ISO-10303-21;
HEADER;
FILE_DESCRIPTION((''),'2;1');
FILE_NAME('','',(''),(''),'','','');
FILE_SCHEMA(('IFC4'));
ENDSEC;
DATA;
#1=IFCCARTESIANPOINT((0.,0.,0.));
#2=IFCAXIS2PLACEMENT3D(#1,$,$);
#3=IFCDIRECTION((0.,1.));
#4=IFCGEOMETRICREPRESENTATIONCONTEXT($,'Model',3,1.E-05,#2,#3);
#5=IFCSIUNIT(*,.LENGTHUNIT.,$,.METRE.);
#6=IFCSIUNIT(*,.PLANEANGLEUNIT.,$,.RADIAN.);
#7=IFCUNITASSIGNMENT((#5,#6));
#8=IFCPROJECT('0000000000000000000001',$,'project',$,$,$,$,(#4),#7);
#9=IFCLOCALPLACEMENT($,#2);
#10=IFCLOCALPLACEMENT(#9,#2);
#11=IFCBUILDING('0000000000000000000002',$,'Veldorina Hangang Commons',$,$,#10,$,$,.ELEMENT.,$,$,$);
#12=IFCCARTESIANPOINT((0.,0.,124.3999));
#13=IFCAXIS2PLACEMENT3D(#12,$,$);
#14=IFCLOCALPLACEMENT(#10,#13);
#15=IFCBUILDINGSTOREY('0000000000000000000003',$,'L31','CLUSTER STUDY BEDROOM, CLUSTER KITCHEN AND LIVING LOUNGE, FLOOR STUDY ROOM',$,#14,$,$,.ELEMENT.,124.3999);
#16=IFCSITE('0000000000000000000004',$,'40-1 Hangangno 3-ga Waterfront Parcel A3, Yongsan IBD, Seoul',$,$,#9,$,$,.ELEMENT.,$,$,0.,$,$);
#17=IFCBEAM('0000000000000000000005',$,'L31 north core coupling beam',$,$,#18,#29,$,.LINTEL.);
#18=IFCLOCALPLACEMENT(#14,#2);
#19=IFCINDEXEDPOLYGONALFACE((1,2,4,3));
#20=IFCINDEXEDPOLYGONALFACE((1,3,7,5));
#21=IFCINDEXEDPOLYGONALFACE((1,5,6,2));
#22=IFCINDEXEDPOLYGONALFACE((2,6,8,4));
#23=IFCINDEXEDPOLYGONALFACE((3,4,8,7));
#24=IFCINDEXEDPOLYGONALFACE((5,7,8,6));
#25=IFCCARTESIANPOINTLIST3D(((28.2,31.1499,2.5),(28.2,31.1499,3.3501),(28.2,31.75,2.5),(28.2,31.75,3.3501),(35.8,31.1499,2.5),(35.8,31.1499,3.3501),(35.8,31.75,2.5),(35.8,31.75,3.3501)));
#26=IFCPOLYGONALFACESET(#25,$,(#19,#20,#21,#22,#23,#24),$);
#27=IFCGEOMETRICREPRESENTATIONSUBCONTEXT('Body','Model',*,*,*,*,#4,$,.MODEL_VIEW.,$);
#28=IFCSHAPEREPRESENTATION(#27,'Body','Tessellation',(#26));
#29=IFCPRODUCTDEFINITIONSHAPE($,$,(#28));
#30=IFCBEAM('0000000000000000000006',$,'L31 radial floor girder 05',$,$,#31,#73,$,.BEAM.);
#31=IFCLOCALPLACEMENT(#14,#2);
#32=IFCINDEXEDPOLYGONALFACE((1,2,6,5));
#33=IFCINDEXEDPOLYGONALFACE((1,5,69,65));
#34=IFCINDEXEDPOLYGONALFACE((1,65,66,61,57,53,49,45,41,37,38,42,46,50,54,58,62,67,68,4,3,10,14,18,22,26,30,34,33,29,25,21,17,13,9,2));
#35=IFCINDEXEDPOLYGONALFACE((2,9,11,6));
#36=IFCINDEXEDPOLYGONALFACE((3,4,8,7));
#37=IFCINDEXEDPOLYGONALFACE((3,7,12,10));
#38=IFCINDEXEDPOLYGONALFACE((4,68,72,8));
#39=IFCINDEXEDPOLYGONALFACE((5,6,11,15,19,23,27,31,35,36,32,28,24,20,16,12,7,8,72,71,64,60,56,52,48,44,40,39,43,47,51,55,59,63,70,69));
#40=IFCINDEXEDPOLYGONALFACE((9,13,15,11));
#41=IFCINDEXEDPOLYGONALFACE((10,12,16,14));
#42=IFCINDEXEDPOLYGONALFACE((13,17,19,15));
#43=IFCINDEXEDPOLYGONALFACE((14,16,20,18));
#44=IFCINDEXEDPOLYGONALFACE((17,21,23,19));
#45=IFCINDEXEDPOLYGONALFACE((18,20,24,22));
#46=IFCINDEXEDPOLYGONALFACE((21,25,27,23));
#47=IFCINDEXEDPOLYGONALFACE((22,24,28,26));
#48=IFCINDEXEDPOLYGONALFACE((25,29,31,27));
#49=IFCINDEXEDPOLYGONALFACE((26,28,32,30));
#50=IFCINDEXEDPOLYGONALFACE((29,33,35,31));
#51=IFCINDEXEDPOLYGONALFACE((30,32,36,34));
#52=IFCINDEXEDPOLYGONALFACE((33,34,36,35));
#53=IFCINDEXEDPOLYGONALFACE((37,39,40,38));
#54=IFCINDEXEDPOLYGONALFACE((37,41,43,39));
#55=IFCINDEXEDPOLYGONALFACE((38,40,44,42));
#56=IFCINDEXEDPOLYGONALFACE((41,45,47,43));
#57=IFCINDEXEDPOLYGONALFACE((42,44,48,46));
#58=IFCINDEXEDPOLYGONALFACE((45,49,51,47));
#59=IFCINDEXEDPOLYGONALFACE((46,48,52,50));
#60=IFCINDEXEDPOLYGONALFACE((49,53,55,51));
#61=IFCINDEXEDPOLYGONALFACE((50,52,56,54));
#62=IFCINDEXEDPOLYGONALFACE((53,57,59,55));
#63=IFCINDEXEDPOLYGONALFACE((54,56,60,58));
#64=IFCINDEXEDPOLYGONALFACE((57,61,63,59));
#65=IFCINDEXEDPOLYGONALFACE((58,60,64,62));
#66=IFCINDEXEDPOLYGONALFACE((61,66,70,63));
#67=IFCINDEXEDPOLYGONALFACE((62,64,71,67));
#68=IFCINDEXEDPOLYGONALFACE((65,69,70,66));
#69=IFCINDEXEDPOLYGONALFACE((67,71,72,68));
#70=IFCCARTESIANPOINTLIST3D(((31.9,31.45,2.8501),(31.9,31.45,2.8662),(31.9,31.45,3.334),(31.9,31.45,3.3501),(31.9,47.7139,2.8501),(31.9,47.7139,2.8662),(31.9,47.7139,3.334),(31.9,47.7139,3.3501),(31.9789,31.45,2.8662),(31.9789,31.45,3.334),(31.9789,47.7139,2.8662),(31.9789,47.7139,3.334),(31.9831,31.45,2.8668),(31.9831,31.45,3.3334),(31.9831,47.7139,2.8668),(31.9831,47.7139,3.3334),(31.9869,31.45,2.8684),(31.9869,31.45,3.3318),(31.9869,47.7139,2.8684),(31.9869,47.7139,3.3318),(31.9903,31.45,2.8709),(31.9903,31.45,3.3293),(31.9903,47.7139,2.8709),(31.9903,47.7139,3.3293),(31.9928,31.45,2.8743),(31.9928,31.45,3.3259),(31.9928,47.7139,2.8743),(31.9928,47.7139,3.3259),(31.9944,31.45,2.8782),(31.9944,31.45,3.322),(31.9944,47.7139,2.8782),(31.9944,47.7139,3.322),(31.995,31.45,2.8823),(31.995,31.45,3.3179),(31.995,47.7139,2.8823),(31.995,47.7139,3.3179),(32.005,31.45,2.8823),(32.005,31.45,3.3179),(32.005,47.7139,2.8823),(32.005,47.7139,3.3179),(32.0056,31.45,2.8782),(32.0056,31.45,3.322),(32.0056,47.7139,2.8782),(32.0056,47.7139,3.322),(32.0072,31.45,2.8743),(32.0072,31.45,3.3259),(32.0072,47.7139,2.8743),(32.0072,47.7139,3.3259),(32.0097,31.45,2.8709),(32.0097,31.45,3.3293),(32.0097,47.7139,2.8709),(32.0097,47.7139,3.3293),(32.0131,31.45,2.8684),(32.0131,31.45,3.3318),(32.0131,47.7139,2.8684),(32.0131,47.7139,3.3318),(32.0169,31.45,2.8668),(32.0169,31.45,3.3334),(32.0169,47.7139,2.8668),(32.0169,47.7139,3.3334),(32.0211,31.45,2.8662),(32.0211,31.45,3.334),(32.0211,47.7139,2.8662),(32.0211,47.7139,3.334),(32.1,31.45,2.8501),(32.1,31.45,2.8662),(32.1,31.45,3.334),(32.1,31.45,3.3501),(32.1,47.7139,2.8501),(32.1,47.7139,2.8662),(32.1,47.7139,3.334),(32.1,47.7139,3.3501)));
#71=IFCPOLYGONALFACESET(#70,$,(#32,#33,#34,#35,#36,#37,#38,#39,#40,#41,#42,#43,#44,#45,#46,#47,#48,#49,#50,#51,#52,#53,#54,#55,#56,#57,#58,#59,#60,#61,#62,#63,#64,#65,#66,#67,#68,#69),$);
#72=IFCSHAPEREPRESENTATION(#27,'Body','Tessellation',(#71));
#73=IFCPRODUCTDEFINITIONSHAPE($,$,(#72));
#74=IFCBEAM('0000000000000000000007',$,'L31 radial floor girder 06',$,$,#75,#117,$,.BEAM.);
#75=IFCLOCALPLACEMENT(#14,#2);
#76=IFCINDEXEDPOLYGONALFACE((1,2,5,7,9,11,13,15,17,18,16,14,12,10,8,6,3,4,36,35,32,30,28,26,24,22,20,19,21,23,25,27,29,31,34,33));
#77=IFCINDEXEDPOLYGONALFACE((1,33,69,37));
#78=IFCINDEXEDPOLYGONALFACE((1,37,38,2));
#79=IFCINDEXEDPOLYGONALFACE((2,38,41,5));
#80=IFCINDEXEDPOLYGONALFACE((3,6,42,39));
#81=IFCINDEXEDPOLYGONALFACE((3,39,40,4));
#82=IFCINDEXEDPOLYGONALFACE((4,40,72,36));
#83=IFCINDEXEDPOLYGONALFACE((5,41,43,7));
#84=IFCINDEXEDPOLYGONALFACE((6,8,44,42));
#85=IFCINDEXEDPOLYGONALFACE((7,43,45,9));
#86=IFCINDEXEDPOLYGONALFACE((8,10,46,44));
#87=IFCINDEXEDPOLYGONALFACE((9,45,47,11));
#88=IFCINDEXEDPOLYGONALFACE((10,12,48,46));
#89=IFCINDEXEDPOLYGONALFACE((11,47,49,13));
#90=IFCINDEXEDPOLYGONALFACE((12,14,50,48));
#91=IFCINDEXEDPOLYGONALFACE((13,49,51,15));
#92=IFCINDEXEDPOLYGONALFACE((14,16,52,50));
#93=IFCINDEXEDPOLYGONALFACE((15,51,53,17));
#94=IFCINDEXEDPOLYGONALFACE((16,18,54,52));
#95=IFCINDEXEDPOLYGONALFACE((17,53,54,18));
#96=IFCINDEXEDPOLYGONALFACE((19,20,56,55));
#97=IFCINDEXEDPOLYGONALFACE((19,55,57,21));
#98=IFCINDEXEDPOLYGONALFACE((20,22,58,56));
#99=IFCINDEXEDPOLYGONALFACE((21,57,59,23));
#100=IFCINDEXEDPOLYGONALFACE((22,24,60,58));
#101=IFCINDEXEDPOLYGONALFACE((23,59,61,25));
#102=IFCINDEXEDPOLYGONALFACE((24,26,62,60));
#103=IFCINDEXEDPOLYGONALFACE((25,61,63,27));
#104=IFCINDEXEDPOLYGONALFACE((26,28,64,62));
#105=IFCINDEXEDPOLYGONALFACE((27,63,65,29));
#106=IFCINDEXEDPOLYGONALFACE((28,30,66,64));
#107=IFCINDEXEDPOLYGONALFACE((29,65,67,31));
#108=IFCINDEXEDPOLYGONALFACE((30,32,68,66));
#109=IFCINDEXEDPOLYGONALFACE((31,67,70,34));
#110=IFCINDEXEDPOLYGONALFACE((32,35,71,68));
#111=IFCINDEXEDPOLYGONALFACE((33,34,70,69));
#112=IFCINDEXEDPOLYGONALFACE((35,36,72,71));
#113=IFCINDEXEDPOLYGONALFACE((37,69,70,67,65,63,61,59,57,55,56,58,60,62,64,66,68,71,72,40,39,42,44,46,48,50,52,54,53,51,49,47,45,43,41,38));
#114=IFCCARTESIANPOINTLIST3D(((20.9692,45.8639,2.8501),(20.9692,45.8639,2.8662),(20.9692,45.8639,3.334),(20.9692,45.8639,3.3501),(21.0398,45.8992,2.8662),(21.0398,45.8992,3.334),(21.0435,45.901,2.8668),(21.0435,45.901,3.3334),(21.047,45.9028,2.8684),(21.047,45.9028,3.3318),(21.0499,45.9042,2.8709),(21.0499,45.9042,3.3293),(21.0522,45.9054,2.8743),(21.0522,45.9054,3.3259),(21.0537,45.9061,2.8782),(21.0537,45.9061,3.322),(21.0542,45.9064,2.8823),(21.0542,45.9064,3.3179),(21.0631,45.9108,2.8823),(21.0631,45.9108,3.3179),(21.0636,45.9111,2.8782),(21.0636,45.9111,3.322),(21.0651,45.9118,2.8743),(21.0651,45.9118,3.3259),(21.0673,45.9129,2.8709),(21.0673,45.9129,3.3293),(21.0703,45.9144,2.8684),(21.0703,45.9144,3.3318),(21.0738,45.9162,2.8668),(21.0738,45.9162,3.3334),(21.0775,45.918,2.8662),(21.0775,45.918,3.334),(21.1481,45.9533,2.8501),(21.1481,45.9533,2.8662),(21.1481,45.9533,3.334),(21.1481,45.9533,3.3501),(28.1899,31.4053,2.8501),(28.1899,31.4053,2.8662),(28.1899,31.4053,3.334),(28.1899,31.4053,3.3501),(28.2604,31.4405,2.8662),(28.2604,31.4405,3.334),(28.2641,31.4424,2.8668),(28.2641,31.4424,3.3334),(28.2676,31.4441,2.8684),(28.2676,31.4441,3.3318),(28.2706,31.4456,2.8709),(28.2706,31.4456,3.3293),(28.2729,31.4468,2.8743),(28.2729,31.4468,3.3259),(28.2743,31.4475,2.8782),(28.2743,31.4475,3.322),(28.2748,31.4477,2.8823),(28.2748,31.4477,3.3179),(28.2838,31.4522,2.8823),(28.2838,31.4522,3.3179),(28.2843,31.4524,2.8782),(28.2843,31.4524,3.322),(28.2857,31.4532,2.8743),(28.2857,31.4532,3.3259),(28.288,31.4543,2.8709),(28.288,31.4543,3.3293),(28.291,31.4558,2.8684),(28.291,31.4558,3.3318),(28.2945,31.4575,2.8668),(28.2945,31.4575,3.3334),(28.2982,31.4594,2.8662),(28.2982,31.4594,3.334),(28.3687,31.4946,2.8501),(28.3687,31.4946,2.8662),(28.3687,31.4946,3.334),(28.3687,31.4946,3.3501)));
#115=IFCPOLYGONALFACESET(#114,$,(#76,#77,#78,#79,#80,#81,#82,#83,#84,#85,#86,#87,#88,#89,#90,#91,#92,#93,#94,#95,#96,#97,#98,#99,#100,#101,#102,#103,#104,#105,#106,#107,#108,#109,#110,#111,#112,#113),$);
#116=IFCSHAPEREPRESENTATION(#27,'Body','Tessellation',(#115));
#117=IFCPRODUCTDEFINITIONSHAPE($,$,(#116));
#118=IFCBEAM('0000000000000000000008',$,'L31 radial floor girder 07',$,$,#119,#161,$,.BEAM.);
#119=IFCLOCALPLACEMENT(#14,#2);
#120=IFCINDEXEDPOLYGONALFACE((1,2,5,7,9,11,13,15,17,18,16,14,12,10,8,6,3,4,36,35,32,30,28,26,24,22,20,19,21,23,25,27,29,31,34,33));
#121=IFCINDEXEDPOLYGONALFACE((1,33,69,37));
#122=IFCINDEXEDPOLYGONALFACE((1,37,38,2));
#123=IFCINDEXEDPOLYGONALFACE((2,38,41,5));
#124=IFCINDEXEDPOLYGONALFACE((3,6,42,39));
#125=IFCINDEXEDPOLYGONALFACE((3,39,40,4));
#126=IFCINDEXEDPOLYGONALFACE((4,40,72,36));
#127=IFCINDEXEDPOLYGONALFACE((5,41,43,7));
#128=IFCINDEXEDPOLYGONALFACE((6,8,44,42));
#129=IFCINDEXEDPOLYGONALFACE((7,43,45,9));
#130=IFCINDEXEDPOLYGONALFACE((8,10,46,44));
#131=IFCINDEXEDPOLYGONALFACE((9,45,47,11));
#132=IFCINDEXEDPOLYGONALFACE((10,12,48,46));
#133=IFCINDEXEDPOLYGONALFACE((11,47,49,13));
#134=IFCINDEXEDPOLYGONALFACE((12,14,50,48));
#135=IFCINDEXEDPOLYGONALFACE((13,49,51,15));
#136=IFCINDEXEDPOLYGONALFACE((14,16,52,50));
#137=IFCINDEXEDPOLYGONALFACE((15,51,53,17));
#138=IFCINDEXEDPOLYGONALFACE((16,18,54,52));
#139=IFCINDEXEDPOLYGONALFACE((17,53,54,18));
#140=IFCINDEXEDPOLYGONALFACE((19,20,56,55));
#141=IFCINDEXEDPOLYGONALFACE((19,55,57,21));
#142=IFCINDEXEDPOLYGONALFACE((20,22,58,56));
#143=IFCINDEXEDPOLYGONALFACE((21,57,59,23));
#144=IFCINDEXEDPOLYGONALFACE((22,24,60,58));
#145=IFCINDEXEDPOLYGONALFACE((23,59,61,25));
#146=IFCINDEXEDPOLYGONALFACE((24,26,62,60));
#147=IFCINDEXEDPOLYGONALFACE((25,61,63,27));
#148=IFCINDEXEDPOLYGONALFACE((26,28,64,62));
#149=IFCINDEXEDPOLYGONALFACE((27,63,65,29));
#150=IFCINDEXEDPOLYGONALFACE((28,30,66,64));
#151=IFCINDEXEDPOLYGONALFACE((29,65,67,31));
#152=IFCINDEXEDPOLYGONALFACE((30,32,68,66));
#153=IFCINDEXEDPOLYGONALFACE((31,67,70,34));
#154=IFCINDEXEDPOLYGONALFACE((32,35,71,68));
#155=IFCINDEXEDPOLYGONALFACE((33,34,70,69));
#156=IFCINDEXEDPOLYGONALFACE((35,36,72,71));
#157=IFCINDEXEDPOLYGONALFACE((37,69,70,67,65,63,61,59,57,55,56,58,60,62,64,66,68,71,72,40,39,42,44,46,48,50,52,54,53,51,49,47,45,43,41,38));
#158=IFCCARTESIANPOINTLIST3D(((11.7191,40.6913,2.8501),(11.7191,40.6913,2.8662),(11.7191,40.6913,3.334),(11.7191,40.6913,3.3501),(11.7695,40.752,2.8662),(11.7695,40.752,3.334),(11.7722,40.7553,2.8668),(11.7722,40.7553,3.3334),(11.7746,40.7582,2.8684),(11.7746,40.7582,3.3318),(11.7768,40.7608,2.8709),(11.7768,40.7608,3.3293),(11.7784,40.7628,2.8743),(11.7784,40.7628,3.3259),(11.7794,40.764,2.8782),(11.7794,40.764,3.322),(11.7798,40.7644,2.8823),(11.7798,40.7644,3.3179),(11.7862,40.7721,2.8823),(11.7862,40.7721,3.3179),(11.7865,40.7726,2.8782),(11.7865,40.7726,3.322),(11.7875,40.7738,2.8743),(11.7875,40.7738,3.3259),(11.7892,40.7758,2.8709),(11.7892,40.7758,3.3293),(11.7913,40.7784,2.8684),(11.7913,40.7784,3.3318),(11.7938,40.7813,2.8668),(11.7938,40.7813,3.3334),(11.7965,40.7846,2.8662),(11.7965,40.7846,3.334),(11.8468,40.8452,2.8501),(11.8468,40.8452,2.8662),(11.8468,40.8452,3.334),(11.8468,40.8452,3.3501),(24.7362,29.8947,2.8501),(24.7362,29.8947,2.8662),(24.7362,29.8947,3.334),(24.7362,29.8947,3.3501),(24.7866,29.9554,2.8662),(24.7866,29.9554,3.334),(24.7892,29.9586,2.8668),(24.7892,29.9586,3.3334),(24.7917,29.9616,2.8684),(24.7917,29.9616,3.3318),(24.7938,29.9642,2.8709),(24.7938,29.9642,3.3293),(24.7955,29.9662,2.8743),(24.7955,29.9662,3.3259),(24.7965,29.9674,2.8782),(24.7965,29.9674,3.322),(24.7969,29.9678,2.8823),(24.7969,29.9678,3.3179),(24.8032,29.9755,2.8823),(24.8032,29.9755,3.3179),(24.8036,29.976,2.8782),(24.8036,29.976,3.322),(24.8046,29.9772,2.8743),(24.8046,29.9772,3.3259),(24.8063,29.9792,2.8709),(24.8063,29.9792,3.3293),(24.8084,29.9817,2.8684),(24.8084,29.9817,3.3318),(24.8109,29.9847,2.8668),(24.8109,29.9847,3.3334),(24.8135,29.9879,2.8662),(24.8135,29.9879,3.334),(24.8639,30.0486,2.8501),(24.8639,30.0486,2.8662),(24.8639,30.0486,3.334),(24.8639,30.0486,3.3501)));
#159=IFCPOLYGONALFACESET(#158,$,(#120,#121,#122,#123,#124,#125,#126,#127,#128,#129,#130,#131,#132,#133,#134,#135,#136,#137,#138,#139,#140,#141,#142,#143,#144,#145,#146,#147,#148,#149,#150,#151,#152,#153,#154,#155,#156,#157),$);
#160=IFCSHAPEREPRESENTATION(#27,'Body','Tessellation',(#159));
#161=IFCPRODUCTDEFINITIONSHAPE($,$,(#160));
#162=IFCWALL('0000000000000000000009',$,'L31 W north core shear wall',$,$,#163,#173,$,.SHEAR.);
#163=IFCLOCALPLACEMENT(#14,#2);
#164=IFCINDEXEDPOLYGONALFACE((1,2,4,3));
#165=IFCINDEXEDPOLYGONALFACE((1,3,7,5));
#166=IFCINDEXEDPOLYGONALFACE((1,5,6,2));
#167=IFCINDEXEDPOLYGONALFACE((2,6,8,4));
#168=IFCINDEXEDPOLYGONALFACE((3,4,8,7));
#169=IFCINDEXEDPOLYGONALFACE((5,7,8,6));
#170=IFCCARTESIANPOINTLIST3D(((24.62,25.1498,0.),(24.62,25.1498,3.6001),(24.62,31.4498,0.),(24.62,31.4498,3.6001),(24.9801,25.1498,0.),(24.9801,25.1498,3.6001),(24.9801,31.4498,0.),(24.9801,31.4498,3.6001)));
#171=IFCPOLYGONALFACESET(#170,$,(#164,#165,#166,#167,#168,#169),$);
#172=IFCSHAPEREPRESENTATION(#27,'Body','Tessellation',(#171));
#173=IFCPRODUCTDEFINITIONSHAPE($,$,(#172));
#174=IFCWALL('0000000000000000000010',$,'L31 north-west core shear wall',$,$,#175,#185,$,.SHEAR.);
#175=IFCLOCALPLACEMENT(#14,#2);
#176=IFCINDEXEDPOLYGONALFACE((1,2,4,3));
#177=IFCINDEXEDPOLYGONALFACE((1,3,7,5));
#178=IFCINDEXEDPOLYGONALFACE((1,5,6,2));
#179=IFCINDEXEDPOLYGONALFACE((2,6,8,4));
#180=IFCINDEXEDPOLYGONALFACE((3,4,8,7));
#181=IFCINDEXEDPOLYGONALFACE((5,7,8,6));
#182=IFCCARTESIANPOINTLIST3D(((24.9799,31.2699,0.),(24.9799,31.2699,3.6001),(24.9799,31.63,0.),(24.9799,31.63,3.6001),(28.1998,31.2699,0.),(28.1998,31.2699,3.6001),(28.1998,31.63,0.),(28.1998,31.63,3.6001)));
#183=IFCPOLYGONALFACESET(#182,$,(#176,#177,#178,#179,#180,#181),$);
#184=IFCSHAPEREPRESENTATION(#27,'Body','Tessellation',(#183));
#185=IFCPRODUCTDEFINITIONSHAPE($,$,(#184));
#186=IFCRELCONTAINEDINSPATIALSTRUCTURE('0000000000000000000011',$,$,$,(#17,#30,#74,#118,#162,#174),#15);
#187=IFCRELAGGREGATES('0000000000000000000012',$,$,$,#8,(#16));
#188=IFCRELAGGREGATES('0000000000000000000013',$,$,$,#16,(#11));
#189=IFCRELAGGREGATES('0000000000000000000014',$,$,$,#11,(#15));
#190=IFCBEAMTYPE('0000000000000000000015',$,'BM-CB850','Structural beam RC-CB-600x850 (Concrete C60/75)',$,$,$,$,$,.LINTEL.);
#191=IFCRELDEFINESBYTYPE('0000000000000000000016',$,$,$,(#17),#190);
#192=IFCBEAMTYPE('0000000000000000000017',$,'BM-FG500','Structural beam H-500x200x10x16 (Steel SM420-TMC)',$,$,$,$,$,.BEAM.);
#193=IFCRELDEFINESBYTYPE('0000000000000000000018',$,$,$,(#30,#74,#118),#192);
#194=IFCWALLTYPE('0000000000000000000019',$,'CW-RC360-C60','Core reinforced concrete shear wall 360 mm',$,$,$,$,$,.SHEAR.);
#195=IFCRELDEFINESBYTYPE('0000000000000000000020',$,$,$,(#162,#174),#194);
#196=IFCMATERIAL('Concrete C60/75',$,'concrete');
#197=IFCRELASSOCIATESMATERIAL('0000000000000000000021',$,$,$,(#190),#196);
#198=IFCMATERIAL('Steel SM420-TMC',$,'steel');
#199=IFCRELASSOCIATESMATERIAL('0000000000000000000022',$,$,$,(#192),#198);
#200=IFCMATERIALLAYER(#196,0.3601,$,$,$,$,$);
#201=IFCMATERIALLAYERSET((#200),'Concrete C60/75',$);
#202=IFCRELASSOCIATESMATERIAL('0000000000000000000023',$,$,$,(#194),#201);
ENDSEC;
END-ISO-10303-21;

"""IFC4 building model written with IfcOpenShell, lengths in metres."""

from ifc_helpers import new_model, si_unit, direction, frame, frame_2d, origin, origin_2d, place, context, subcontext, project, spatial, rectangle, i_section, extrude, material, layer, layer_set, material_profile, profile_set, type_object, element, save


model = new_model("IFC4")

# Units and contexts
model_context = context("Model", 3, precision=1e-05, world=origin(), true_north=direction((0.0, 1.0)))
body_context = subcontext(model_context, "Body", "Model", "MODEL_VIEW")
ifc_project = project(units=[si_unit("LENGTHUNIT", "METRE"), si_unit("PLANEANGLEUNIT", "RADIAN")], contexts=[model_context])

# Site, building, storey
site_placement = place(None, origin())
site = spatial("IfcSite", under=ifc_project, at=site_placement, Name="40-1 Hangangno 3-ga Waterfront Parcel A3, Yongsan IBD, Seoul", CompositionType="ELEMENT", RefElevation=0.0)
building_placement = place(site_placement, origin())
building = spatial("IfcBuilding", under=site, at=building_placement, Name="Veldorina Hangang Commons", CompositionType="ELEMENT")
storey_placement = place(building_placement, frame((0.0, 0.0, 124.3999)))
storey = spatial("IfcBuildingStorey", under=building, at=storey_placement, Name="L31", Description="CLUSTER STUDY BEDROOM, CLUSTER KITCHEN AND LIVING LOUNGE, FLOOR STUDY ROOM", CompositionType="ELEMENT", Elevation=124.3999)

# Beams
ifc_material_1 = material(Name="Concrete C60/75", Category="concrete")
ifc_material_profile_1 = material_profile(ifc_material_1, rectangle(XDim=0.6001, YDim=0.8501, at=origin_2d()), Name="RC-CB-600x850")
ifc_profile_set_1 = profile_set([ifc_material_profile_1], Name="Concrete C60/75")
beam_type_1 = type_object("IfcBeamType", Name="BM-CB850", Description="Structural beam RC-CB-600x850 (Concrete C60/75)", PredefinedType="LINTEL", material=ifc_profile_set_1)
beam_1_placement = place(storey_placement, frame((28.2, 31.45, 2.925), z_axis=(1.0, 0.0, 0.0), x_axis=(0.0, 1.0, 0.0)))
element("IfcBeam", 1, at=beam_1_placement, inside=storey, type_object=beam_type_1, Name="L31 north core coupling beam", PredefinedType="LINTEL", context=body_context, shape_type="SweptSolid", body=[
    extrude(rectangle(XDim=0.6001, YDim=0.8501, at=origin_2d()), origin(), (0.0, 0.0, 1.0), 7.6001),
])
ifc_material_2 = material(Name="Steel SM420-TMC", Category="steel")
ifc_material_profile_2 = material_profile(ifc_material_2, i_section(OverallWidth=0.2, OverallDepth=0.5, WebThickness=0.01, FlangeThickness=0.0161, FilletRadius=0.0161, at=origin_2d()), Name="H-500x200x10x16")
ifc_profile_set_2 = profile_set([ifc_material_profile_2], Name="Steel SM420-TMC")
beam_type_2 = type_object("IfcBeamType", Name="BM-FG500", Description="Structural beam H-500x200x10x16 (Steel SM420-TMC)", PredefinedType="BEAM", material=ifc_profile_set_2)
beam_2_placement = place(storey_placement, frame((32.0, 31.45, 3.1001), z_axis=(0.0, 1.0, 0.0), x_axis=(-1.0, 0.0, 0.0)))
element("IfcBeam", 2, at=beam_2_placement, inside=storey, type_object=beam_type_2, Name="L31 radial floor girder 05", PredefinedType="BEAM", context=body_context, shape_type="SweptSolid", body=[
    extrude(i_section(OverallWidth=0.2, OverallDepth=0.5, WebThickness=0.01, FlangeThickness=0.0161, FilletRadius=0.0161, at=origin_2d()), origin(), (0.0, 0.0, 1.0), 16.2639),
])
beam_3_placement = place(storey_placement, frame((28.2793, 31.45, 3.1001), z_axis=(-0.446785, 0.894642, 0.0), x_axis=(-0.894642, -0.446785, 0.0)))
element("IfcBeam", 3, at=beam_3_placement, inside=storey, type_object=beam_type_2, Name="L31 radial floor girder 06", PredefinedType="BEAM", context=body_context, shape_type="SweptSolid", body=[
    extrude(i_section(OverallWidth=0.2, OverallDepth=0.5, WebThickness=0.01, FlangeThickness=0.0161, FilletRadius=0.0161, at=origin_2d()), origin(), (0.0, 0.0, 1.0), 16.1614),
])
beam_4_placement = place(storey_placement, frame((24.8, 29.9717, 3.1001), z_axis=(-0.769701, 0.638405, 0.0), x_axis=(-0.638405, -0.769701, 0.0)))
element("IfcBeam", 4, at=beam_4_placement, inside=storey, type_object=beam_type_2, Name="L31 radial floor girder 07", PredefinedType="BEAM", context=body_context, shape_type="SweptSolid", body=[
    extrude(i_section(OverallWidth=0.2, OverallDepth=0.5, WebThickness=0.01, FlangeThickness=0.0161, FilletRadius=0.0161, at=origin_2d()), origin(), (0.0, 0.0, 1.0), 16.9119),
])

# Walls
ifc_layer_1 = layer(ifc_material_1, 0.3601)
ifc_layer_set_1 = layer_set([ifc_layer_1], Name="Concrete C60/75")
wall_type_1 = type_object("IfcWallType", Name="CW-RC360-C60", Description="Core reinforced concrete shear wall 360 mm", PredefinedType="SHEAR", material=ifc_layer_set_1)
wall_1_placement = place(storey_placement, frame((24.8, 25.1499, 0.0), z_axis=(0.0, 0.0, 1.0), x_axis=(0.0, 1.0, 0.0)))
element("IfcWall", 5, at=wall_1_placement, inside=storey, type_object=wall_type_1, Name="L31 W north core shear wall", PredefinedType="SHEAR", context=body_context, shape_type="SweptSolid", body=[
    extrude(rectangle(XDim=6.3, YDim=0.3601, at=frame_2d((3.1499, 0.0))), origin(), (0.0, 0.0, 1.0), 3.6001),
])
wall_2_placement = place(storey_placement, frame((24.98, 31.45, 0.0), z_axis=(0.0, 0.0, 1.0), x_axis=(1.0, 0.0, 0.0)))
element("IfcWall", 6, at=wall_2_placement, inside=storey, type_object=wall_type_1, Name="L31 north-west core shear wall", PredefinedType="SHEAR", context=body_context, shape_type="SweptSolid", body=[
    extrude(rectangle(XDim=3.22, YDim=0.3601, at=frame_2d((1.6099, 0.0))), origin(), (0.0, 0.0, 1.0), 3.6001),
])

save(model, "model.ifc")
